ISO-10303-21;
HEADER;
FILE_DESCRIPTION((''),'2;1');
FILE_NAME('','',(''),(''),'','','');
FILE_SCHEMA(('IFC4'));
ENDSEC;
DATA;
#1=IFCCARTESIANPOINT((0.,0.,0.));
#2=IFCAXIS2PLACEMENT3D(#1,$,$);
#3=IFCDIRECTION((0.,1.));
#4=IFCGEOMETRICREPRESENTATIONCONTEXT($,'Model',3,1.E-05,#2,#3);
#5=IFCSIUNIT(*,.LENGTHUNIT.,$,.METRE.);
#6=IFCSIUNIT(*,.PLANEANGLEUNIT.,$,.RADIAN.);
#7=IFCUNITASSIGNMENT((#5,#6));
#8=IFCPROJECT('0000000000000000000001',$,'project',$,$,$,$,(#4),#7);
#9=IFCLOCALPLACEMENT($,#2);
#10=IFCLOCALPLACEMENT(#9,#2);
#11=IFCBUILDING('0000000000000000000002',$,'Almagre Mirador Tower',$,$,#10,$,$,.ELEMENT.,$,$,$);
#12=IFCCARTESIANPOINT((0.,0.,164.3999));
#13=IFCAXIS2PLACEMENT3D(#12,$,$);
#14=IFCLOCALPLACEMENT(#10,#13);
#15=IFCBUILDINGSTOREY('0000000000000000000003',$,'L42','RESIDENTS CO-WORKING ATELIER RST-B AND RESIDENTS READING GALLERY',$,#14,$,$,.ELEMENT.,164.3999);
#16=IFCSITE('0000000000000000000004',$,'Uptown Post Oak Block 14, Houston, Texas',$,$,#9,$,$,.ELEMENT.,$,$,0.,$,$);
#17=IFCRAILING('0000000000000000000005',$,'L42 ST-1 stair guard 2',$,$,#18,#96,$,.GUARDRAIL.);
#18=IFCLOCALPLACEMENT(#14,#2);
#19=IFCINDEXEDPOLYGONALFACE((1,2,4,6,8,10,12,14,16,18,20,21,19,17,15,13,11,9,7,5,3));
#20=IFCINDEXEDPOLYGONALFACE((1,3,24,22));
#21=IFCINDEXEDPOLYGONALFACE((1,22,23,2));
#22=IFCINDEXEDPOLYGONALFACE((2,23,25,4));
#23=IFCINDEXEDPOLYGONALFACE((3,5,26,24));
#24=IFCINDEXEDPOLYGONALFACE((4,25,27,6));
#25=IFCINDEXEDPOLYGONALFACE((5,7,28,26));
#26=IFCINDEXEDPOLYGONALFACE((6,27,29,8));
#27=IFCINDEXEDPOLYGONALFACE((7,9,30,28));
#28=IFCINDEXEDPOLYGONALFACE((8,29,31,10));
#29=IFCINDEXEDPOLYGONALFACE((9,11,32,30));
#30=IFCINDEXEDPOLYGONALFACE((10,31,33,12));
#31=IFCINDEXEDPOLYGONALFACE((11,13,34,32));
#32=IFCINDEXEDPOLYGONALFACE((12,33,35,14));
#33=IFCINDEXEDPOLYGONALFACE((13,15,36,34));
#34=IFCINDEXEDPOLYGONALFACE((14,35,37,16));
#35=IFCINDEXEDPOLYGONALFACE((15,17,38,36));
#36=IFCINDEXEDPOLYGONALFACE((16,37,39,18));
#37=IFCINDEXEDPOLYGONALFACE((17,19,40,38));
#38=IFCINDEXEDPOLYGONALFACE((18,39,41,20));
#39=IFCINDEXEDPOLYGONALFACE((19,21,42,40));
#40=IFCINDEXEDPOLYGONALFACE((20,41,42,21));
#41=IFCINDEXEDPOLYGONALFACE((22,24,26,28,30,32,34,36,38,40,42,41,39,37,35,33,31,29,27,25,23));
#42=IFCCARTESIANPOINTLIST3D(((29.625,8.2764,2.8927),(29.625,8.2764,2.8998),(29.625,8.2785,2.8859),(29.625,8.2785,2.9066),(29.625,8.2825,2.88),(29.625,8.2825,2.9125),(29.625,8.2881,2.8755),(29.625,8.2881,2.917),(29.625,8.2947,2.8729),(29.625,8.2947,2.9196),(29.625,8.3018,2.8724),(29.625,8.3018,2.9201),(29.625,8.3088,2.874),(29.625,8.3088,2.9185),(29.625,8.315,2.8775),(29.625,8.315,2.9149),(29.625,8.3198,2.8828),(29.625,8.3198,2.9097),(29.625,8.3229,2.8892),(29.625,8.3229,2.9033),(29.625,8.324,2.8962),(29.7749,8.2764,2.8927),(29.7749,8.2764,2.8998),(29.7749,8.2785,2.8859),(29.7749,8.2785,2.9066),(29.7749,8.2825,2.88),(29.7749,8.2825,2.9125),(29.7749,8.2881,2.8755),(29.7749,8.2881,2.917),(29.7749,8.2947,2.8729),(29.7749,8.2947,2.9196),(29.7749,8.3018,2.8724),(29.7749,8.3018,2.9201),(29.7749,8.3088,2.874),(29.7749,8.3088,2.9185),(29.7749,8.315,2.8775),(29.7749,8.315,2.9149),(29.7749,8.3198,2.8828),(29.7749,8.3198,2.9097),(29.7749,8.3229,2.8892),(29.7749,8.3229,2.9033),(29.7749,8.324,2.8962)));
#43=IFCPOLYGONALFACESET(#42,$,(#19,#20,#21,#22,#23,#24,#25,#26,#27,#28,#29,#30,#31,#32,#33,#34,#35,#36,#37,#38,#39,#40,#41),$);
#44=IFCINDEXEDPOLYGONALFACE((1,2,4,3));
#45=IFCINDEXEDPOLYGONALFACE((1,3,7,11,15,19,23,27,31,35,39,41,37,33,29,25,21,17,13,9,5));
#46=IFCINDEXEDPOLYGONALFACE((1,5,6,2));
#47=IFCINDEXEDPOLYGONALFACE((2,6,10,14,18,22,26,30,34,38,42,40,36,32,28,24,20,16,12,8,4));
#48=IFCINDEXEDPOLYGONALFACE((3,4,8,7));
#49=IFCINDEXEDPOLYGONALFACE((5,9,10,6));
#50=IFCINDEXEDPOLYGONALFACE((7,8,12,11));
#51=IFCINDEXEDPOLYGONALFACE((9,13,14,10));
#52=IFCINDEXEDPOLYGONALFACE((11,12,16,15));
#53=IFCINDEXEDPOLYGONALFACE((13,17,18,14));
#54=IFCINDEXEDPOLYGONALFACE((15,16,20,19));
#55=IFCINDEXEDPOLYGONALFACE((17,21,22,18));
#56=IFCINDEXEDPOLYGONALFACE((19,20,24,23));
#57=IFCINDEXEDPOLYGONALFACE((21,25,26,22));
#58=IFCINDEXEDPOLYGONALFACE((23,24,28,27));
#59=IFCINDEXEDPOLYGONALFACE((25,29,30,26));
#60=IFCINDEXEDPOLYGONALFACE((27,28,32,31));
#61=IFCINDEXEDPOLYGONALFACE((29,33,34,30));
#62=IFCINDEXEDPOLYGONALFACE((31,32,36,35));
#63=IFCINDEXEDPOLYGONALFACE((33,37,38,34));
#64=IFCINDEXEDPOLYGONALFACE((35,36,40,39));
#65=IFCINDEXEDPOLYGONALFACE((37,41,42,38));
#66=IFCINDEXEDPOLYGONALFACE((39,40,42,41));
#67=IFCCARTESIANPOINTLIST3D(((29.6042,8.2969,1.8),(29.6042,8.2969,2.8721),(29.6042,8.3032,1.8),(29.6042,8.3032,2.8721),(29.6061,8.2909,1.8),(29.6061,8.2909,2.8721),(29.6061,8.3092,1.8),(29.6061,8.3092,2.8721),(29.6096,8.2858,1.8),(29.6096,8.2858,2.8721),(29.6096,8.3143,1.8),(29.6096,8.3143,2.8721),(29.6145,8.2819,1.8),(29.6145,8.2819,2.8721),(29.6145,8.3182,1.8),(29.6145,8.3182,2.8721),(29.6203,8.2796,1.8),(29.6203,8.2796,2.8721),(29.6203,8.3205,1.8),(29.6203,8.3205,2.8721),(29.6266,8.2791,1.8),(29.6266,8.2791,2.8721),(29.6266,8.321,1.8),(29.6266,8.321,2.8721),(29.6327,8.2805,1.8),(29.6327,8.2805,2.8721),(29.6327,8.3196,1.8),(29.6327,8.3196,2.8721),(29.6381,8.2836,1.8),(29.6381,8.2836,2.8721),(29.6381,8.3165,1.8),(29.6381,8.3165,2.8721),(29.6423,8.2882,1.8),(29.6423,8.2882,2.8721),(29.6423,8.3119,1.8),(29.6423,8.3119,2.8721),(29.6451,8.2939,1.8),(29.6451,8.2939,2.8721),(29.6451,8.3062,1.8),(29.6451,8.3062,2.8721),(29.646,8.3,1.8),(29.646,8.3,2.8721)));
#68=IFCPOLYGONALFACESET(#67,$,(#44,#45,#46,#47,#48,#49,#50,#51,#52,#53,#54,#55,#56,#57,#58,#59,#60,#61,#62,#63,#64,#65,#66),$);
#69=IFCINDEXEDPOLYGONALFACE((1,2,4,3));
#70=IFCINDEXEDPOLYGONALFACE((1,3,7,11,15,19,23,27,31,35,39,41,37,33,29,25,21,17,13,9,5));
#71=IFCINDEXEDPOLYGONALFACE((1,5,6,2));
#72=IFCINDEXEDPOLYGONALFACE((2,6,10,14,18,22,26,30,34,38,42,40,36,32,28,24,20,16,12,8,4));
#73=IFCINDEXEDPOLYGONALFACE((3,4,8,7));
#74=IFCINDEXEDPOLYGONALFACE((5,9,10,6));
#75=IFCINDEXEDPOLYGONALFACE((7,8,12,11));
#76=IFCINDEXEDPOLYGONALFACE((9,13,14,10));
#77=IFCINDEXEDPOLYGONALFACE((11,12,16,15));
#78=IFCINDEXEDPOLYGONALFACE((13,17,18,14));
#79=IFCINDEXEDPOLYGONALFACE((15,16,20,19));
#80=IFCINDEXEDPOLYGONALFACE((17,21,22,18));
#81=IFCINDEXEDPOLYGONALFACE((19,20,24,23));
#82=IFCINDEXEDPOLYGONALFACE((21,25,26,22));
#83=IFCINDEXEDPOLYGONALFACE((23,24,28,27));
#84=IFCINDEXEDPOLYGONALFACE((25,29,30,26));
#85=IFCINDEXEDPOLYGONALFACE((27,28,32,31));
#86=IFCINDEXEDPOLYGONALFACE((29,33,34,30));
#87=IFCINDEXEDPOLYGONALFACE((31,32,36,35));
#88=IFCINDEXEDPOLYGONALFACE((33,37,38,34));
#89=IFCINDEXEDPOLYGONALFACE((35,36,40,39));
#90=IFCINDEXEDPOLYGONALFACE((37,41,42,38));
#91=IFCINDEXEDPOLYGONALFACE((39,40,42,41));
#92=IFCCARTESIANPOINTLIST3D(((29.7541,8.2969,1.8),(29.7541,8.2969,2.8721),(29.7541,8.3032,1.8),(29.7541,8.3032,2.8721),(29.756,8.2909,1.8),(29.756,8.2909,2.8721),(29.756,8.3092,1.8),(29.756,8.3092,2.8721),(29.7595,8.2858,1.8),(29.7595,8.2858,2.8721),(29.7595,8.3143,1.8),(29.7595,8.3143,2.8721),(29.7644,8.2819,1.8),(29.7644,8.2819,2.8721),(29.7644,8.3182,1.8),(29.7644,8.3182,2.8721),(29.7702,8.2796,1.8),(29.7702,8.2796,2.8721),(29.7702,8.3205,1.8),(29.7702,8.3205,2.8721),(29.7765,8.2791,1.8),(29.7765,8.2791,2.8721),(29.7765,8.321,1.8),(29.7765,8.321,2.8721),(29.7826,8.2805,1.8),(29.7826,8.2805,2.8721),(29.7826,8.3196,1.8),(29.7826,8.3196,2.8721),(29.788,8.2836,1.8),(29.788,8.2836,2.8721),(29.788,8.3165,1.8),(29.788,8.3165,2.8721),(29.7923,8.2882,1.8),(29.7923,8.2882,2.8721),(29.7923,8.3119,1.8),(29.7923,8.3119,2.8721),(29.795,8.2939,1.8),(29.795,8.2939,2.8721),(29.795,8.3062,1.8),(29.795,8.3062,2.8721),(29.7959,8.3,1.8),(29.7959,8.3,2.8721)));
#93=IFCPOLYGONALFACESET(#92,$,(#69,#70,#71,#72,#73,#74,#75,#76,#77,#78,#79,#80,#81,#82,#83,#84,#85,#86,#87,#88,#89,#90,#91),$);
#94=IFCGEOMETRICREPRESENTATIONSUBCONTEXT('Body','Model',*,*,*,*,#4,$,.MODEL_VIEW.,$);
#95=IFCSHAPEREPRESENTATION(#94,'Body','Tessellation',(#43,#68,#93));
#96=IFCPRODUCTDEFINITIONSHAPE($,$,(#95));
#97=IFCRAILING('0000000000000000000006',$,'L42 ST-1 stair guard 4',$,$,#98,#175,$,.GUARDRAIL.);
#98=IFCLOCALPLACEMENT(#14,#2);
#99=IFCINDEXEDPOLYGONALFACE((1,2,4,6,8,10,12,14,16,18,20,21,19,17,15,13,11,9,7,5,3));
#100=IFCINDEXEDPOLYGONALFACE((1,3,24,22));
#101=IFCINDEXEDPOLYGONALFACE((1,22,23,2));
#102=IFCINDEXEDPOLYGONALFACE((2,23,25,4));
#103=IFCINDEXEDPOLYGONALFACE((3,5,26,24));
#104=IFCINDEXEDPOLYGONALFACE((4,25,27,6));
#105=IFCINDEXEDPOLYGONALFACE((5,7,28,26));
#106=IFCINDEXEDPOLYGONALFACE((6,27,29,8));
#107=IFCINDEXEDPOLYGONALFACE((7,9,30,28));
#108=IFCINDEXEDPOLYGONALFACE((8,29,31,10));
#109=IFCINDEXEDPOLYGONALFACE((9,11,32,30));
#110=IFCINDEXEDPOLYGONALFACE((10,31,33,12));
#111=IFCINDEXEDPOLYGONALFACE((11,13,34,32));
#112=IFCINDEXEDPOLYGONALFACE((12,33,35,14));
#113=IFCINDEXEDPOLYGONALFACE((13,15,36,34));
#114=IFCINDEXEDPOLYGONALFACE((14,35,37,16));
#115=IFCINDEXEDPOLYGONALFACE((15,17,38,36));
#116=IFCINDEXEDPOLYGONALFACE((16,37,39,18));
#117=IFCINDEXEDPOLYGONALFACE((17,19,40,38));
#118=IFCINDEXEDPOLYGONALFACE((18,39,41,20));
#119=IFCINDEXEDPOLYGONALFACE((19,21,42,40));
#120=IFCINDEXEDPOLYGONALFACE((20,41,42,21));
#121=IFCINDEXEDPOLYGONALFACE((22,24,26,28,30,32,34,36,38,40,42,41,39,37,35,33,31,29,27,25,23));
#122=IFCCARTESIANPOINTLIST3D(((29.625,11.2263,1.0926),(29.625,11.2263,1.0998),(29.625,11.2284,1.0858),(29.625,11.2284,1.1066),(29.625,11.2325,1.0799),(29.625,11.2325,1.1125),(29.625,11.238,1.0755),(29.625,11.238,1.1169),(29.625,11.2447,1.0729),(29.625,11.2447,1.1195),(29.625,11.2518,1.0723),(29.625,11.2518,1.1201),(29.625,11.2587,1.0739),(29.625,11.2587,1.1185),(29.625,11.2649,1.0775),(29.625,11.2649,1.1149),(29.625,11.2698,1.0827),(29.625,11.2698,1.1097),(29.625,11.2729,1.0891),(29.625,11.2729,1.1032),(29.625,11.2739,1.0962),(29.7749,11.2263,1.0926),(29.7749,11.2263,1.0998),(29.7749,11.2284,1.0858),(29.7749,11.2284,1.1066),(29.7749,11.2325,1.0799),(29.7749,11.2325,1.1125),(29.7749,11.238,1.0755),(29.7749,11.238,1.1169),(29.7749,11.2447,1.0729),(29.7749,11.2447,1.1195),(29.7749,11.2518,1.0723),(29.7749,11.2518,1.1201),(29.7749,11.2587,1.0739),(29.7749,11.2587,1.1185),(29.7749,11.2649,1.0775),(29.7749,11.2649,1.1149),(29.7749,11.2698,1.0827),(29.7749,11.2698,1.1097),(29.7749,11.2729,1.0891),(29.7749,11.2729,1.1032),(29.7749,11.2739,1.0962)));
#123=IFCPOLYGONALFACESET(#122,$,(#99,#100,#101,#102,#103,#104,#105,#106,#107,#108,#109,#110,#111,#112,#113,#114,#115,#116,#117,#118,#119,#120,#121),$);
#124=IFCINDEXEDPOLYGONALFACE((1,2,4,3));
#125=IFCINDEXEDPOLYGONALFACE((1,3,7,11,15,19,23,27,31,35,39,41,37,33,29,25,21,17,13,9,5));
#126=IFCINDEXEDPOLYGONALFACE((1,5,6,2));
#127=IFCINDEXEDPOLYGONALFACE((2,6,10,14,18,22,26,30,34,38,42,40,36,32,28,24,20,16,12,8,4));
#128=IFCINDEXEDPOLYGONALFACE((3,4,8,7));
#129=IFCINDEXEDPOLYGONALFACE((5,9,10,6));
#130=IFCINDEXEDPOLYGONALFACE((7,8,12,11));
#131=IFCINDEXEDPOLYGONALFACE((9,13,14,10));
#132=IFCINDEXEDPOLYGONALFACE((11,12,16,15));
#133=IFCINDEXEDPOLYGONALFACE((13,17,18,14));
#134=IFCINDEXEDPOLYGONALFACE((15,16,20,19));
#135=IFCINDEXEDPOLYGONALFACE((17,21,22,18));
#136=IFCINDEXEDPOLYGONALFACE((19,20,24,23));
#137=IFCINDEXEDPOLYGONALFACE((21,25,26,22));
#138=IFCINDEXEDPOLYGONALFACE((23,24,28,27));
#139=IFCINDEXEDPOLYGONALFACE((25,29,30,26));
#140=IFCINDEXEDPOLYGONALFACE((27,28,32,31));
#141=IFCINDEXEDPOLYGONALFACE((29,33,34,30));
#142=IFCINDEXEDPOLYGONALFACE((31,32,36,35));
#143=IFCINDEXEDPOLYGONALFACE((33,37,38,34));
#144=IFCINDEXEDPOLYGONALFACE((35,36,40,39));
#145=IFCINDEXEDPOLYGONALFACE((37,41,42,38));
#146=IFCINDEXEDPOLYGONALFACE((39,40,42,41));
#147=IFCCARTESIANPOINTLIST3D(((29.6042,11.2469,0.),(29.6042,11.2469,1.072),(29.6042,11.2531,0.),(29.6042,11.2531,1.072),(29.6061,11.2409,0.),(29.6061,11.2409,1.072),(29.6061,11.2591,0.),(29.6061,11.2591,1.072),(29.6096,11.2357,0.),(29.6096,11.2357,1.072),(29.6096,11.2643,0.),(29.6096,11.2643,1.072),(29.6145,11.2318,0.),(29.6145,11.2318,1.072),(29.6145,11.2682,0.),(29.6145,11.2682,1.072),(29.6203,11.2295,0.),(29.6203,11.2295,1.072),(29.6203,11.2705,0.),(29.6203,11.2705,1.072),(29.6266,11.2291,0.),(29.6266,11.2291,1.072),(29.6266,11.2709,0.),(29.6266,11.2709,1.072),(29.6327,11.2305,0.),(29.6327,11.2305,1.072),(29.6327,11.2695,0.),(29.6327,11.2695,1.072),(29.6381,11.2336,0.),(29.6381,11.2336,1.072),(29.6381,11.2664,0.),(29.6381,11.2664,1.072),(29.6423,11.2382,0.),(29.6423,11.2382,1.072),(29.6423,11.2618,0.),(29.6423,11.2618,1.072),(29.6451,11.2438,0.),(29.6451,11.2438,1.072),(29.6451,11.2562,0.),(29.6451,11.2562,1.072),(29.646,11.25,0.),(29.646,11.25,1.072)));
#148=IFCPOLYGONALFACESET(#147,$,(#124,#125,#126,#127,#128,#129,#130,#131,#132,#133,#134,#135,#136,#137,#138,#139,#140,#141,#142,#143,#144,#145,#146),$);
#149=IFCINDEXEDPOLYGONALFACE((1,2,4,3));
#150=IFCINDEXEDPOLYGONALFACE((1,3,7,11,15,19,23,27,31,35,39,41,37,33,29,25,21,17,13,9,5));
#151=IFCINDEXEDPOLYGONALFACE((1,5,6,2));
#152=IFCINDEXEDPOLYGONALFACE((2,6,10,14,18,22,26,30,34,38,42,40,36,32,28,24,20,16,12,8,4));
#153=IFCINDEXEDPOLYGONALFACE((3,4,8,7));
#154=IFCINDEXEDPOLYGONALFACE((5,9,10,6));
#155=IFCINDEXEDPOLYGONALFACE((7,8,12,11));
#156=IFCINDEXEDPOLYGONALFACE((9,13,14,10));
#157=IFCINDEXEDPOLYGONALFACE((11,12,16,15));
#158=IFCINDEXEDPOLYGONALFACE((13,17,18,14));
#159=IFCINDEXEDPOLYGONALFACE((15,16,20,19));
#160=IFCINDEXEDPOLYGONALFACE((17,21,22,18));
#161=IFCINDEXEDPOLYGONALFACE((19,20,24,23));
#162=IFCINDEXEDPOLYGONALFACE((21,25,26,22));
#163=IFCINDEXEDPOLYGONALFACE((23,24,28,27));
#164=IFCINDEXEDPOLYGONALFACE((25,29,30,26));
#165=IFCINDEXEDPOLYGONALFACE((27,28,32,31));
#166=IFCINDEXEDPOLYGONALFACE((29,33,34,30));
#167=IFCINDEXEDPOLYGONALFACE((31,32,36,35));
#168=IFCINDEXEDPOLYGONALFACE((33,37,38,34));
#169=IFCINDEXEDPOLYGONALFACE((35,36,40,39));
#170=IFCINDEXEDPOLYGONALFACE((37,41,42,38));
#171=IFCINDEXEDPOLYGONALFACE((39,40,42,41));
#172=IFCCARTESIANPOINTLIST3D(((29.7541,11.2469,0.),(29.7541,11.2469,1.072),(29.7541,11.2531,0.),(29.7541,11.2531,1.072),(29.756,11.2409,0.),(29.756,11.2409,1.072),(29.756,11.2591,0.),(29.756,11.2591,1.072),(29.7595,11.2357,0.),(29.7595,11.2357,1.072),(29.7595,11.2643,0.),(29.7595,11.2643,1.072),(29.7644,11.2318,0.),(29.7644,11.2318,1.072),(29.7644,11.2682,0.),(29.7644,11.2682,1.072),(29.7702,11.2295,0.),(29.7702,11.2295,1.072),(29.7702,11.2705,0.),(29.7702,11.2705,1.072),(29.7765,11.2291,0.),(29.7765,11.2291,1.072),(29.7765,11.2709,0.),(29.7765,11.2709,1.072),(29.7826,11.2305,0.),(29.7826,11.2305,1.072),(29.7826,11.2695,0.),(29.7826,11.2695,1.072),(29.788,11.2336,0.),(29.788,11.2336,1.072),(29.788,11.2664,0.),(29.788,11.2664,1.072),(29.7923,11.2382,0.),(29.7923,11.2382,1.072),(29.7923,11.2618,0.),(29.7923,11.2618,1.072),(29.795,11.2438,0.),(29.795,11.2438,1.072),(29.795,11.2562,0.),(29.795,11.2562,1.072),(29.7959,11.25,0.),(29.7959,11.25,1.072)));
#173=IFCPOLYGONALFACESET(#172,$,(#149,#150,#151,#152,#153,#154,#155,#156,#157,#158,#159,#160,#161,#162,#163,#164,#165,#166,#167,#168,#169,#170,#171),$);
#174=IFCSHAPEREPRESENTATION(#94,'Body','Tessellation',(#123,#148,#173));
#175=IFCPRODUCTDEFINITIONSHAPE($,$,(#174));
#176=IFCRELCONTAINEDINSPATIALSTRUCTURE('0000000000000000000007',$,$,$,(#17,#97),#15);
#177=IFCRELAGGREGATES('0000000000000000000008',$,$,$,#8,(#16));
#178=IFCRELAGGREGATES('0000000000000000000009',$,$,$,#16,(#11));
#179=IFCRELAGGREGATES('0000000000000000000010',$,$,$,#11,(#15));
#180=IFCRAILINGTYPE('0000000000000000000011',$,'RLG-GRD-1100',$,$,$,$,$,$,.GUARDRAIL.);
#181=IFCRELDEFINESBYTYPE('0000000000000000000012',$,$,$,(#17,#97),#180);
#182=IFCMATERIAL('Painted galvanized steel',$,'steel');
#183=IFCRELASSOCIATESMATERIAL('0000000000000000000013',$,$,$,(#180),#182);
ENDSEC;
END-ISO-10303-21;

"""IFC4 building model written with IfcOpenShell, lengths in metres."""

from ifc_helpers import new_model, si_unit, direction, frame, origin, origin_2d, place, context, subcontext, project, spatial, circle, extrude, material, type_object, element, save


model = new_model("IFC4")

# Units and contexts
model_context = context("Model", 3, precision=1e-05, world=origin(), true_north=direction((0.0, 1.0)))
body_context = subcontext(model_context, "Body", "Model", "MODEL_VIEW")
ifc_project = project(units=[si_unit("LENGTHUNIT", "METRE"), si_unit("PLANEANGLEUNIT", "RADIAN")], contexts=[model_context])

# Site, building, storey
site_placement = place(None, origin())
site = spatial("IfcSite", under=ifc_project, at=site_placement, Name="Uptown Post Oak Block 14, Houston, Texas", CompositionType="ELEMENT", RefElevation=0.0)
building_placement = place(site_placement, origin())
building = spatial("IfcBuilding", under=site, at=building_placement, Name="Almagre Mirador Tower", CompositionType="ELEMENT")
storey_placement = place(building_placement, frame((0.0, 0.0, 164.3999)))
storey = spatial("IfcBuildingStorey", under=building, at=storey_placement, Name="L42", Description="RESIDENTS CO-WORKING ATELIER RST-B AND RESIDENTS READING GALLERY", CompositionType="ELEMENT", Elevation=164.3999)

# Railings
ifc_material_1 = material(Name="Painted galvanized steel", Category="steel")
railing_type_1 = type_object("IfcRailingType", Name="RLG-GRD-1100", PredefinedType="GUARDRAIL", material=ifc_material_1)
for number, where, name in (
    (1, (29.625, 8.3, 1.8), "L42 ST-1 stair guard 2"),
    (2, (29.625, 11.25, 0.0), "L42 ST-1 stair guard 4"),
):
    element("IfcRailing", number, at=place(storey_placement, frame(where)), inside=storey, type_object=railing_type_1, Name=name, PredefinedType="GUARDRAIL", context=body_context, shape_type="SweptSolid", body=[
        extrude(circle(Radius=0.0239, at=origin_2d()), frame((0.0, 0.0, 1.0962), z_axis=(1.0, 0.0, 0.0), x_axis=(0.0, 1.0, 0.0)), (0.0, 0.0, 1.0), 0.1499),
        extrude(circle(Radius=0.021, at=origin_2d()), origin(), (0.0, 0.0, 1.0), 1.072),
        extrude(circle(Radius=0.021, at=origin_2d()), frame((0.1499, 0.0, 0.0)), (0.0, 0.0, 1.0), 1.072),
    ])

save(model, "model.ifc")
